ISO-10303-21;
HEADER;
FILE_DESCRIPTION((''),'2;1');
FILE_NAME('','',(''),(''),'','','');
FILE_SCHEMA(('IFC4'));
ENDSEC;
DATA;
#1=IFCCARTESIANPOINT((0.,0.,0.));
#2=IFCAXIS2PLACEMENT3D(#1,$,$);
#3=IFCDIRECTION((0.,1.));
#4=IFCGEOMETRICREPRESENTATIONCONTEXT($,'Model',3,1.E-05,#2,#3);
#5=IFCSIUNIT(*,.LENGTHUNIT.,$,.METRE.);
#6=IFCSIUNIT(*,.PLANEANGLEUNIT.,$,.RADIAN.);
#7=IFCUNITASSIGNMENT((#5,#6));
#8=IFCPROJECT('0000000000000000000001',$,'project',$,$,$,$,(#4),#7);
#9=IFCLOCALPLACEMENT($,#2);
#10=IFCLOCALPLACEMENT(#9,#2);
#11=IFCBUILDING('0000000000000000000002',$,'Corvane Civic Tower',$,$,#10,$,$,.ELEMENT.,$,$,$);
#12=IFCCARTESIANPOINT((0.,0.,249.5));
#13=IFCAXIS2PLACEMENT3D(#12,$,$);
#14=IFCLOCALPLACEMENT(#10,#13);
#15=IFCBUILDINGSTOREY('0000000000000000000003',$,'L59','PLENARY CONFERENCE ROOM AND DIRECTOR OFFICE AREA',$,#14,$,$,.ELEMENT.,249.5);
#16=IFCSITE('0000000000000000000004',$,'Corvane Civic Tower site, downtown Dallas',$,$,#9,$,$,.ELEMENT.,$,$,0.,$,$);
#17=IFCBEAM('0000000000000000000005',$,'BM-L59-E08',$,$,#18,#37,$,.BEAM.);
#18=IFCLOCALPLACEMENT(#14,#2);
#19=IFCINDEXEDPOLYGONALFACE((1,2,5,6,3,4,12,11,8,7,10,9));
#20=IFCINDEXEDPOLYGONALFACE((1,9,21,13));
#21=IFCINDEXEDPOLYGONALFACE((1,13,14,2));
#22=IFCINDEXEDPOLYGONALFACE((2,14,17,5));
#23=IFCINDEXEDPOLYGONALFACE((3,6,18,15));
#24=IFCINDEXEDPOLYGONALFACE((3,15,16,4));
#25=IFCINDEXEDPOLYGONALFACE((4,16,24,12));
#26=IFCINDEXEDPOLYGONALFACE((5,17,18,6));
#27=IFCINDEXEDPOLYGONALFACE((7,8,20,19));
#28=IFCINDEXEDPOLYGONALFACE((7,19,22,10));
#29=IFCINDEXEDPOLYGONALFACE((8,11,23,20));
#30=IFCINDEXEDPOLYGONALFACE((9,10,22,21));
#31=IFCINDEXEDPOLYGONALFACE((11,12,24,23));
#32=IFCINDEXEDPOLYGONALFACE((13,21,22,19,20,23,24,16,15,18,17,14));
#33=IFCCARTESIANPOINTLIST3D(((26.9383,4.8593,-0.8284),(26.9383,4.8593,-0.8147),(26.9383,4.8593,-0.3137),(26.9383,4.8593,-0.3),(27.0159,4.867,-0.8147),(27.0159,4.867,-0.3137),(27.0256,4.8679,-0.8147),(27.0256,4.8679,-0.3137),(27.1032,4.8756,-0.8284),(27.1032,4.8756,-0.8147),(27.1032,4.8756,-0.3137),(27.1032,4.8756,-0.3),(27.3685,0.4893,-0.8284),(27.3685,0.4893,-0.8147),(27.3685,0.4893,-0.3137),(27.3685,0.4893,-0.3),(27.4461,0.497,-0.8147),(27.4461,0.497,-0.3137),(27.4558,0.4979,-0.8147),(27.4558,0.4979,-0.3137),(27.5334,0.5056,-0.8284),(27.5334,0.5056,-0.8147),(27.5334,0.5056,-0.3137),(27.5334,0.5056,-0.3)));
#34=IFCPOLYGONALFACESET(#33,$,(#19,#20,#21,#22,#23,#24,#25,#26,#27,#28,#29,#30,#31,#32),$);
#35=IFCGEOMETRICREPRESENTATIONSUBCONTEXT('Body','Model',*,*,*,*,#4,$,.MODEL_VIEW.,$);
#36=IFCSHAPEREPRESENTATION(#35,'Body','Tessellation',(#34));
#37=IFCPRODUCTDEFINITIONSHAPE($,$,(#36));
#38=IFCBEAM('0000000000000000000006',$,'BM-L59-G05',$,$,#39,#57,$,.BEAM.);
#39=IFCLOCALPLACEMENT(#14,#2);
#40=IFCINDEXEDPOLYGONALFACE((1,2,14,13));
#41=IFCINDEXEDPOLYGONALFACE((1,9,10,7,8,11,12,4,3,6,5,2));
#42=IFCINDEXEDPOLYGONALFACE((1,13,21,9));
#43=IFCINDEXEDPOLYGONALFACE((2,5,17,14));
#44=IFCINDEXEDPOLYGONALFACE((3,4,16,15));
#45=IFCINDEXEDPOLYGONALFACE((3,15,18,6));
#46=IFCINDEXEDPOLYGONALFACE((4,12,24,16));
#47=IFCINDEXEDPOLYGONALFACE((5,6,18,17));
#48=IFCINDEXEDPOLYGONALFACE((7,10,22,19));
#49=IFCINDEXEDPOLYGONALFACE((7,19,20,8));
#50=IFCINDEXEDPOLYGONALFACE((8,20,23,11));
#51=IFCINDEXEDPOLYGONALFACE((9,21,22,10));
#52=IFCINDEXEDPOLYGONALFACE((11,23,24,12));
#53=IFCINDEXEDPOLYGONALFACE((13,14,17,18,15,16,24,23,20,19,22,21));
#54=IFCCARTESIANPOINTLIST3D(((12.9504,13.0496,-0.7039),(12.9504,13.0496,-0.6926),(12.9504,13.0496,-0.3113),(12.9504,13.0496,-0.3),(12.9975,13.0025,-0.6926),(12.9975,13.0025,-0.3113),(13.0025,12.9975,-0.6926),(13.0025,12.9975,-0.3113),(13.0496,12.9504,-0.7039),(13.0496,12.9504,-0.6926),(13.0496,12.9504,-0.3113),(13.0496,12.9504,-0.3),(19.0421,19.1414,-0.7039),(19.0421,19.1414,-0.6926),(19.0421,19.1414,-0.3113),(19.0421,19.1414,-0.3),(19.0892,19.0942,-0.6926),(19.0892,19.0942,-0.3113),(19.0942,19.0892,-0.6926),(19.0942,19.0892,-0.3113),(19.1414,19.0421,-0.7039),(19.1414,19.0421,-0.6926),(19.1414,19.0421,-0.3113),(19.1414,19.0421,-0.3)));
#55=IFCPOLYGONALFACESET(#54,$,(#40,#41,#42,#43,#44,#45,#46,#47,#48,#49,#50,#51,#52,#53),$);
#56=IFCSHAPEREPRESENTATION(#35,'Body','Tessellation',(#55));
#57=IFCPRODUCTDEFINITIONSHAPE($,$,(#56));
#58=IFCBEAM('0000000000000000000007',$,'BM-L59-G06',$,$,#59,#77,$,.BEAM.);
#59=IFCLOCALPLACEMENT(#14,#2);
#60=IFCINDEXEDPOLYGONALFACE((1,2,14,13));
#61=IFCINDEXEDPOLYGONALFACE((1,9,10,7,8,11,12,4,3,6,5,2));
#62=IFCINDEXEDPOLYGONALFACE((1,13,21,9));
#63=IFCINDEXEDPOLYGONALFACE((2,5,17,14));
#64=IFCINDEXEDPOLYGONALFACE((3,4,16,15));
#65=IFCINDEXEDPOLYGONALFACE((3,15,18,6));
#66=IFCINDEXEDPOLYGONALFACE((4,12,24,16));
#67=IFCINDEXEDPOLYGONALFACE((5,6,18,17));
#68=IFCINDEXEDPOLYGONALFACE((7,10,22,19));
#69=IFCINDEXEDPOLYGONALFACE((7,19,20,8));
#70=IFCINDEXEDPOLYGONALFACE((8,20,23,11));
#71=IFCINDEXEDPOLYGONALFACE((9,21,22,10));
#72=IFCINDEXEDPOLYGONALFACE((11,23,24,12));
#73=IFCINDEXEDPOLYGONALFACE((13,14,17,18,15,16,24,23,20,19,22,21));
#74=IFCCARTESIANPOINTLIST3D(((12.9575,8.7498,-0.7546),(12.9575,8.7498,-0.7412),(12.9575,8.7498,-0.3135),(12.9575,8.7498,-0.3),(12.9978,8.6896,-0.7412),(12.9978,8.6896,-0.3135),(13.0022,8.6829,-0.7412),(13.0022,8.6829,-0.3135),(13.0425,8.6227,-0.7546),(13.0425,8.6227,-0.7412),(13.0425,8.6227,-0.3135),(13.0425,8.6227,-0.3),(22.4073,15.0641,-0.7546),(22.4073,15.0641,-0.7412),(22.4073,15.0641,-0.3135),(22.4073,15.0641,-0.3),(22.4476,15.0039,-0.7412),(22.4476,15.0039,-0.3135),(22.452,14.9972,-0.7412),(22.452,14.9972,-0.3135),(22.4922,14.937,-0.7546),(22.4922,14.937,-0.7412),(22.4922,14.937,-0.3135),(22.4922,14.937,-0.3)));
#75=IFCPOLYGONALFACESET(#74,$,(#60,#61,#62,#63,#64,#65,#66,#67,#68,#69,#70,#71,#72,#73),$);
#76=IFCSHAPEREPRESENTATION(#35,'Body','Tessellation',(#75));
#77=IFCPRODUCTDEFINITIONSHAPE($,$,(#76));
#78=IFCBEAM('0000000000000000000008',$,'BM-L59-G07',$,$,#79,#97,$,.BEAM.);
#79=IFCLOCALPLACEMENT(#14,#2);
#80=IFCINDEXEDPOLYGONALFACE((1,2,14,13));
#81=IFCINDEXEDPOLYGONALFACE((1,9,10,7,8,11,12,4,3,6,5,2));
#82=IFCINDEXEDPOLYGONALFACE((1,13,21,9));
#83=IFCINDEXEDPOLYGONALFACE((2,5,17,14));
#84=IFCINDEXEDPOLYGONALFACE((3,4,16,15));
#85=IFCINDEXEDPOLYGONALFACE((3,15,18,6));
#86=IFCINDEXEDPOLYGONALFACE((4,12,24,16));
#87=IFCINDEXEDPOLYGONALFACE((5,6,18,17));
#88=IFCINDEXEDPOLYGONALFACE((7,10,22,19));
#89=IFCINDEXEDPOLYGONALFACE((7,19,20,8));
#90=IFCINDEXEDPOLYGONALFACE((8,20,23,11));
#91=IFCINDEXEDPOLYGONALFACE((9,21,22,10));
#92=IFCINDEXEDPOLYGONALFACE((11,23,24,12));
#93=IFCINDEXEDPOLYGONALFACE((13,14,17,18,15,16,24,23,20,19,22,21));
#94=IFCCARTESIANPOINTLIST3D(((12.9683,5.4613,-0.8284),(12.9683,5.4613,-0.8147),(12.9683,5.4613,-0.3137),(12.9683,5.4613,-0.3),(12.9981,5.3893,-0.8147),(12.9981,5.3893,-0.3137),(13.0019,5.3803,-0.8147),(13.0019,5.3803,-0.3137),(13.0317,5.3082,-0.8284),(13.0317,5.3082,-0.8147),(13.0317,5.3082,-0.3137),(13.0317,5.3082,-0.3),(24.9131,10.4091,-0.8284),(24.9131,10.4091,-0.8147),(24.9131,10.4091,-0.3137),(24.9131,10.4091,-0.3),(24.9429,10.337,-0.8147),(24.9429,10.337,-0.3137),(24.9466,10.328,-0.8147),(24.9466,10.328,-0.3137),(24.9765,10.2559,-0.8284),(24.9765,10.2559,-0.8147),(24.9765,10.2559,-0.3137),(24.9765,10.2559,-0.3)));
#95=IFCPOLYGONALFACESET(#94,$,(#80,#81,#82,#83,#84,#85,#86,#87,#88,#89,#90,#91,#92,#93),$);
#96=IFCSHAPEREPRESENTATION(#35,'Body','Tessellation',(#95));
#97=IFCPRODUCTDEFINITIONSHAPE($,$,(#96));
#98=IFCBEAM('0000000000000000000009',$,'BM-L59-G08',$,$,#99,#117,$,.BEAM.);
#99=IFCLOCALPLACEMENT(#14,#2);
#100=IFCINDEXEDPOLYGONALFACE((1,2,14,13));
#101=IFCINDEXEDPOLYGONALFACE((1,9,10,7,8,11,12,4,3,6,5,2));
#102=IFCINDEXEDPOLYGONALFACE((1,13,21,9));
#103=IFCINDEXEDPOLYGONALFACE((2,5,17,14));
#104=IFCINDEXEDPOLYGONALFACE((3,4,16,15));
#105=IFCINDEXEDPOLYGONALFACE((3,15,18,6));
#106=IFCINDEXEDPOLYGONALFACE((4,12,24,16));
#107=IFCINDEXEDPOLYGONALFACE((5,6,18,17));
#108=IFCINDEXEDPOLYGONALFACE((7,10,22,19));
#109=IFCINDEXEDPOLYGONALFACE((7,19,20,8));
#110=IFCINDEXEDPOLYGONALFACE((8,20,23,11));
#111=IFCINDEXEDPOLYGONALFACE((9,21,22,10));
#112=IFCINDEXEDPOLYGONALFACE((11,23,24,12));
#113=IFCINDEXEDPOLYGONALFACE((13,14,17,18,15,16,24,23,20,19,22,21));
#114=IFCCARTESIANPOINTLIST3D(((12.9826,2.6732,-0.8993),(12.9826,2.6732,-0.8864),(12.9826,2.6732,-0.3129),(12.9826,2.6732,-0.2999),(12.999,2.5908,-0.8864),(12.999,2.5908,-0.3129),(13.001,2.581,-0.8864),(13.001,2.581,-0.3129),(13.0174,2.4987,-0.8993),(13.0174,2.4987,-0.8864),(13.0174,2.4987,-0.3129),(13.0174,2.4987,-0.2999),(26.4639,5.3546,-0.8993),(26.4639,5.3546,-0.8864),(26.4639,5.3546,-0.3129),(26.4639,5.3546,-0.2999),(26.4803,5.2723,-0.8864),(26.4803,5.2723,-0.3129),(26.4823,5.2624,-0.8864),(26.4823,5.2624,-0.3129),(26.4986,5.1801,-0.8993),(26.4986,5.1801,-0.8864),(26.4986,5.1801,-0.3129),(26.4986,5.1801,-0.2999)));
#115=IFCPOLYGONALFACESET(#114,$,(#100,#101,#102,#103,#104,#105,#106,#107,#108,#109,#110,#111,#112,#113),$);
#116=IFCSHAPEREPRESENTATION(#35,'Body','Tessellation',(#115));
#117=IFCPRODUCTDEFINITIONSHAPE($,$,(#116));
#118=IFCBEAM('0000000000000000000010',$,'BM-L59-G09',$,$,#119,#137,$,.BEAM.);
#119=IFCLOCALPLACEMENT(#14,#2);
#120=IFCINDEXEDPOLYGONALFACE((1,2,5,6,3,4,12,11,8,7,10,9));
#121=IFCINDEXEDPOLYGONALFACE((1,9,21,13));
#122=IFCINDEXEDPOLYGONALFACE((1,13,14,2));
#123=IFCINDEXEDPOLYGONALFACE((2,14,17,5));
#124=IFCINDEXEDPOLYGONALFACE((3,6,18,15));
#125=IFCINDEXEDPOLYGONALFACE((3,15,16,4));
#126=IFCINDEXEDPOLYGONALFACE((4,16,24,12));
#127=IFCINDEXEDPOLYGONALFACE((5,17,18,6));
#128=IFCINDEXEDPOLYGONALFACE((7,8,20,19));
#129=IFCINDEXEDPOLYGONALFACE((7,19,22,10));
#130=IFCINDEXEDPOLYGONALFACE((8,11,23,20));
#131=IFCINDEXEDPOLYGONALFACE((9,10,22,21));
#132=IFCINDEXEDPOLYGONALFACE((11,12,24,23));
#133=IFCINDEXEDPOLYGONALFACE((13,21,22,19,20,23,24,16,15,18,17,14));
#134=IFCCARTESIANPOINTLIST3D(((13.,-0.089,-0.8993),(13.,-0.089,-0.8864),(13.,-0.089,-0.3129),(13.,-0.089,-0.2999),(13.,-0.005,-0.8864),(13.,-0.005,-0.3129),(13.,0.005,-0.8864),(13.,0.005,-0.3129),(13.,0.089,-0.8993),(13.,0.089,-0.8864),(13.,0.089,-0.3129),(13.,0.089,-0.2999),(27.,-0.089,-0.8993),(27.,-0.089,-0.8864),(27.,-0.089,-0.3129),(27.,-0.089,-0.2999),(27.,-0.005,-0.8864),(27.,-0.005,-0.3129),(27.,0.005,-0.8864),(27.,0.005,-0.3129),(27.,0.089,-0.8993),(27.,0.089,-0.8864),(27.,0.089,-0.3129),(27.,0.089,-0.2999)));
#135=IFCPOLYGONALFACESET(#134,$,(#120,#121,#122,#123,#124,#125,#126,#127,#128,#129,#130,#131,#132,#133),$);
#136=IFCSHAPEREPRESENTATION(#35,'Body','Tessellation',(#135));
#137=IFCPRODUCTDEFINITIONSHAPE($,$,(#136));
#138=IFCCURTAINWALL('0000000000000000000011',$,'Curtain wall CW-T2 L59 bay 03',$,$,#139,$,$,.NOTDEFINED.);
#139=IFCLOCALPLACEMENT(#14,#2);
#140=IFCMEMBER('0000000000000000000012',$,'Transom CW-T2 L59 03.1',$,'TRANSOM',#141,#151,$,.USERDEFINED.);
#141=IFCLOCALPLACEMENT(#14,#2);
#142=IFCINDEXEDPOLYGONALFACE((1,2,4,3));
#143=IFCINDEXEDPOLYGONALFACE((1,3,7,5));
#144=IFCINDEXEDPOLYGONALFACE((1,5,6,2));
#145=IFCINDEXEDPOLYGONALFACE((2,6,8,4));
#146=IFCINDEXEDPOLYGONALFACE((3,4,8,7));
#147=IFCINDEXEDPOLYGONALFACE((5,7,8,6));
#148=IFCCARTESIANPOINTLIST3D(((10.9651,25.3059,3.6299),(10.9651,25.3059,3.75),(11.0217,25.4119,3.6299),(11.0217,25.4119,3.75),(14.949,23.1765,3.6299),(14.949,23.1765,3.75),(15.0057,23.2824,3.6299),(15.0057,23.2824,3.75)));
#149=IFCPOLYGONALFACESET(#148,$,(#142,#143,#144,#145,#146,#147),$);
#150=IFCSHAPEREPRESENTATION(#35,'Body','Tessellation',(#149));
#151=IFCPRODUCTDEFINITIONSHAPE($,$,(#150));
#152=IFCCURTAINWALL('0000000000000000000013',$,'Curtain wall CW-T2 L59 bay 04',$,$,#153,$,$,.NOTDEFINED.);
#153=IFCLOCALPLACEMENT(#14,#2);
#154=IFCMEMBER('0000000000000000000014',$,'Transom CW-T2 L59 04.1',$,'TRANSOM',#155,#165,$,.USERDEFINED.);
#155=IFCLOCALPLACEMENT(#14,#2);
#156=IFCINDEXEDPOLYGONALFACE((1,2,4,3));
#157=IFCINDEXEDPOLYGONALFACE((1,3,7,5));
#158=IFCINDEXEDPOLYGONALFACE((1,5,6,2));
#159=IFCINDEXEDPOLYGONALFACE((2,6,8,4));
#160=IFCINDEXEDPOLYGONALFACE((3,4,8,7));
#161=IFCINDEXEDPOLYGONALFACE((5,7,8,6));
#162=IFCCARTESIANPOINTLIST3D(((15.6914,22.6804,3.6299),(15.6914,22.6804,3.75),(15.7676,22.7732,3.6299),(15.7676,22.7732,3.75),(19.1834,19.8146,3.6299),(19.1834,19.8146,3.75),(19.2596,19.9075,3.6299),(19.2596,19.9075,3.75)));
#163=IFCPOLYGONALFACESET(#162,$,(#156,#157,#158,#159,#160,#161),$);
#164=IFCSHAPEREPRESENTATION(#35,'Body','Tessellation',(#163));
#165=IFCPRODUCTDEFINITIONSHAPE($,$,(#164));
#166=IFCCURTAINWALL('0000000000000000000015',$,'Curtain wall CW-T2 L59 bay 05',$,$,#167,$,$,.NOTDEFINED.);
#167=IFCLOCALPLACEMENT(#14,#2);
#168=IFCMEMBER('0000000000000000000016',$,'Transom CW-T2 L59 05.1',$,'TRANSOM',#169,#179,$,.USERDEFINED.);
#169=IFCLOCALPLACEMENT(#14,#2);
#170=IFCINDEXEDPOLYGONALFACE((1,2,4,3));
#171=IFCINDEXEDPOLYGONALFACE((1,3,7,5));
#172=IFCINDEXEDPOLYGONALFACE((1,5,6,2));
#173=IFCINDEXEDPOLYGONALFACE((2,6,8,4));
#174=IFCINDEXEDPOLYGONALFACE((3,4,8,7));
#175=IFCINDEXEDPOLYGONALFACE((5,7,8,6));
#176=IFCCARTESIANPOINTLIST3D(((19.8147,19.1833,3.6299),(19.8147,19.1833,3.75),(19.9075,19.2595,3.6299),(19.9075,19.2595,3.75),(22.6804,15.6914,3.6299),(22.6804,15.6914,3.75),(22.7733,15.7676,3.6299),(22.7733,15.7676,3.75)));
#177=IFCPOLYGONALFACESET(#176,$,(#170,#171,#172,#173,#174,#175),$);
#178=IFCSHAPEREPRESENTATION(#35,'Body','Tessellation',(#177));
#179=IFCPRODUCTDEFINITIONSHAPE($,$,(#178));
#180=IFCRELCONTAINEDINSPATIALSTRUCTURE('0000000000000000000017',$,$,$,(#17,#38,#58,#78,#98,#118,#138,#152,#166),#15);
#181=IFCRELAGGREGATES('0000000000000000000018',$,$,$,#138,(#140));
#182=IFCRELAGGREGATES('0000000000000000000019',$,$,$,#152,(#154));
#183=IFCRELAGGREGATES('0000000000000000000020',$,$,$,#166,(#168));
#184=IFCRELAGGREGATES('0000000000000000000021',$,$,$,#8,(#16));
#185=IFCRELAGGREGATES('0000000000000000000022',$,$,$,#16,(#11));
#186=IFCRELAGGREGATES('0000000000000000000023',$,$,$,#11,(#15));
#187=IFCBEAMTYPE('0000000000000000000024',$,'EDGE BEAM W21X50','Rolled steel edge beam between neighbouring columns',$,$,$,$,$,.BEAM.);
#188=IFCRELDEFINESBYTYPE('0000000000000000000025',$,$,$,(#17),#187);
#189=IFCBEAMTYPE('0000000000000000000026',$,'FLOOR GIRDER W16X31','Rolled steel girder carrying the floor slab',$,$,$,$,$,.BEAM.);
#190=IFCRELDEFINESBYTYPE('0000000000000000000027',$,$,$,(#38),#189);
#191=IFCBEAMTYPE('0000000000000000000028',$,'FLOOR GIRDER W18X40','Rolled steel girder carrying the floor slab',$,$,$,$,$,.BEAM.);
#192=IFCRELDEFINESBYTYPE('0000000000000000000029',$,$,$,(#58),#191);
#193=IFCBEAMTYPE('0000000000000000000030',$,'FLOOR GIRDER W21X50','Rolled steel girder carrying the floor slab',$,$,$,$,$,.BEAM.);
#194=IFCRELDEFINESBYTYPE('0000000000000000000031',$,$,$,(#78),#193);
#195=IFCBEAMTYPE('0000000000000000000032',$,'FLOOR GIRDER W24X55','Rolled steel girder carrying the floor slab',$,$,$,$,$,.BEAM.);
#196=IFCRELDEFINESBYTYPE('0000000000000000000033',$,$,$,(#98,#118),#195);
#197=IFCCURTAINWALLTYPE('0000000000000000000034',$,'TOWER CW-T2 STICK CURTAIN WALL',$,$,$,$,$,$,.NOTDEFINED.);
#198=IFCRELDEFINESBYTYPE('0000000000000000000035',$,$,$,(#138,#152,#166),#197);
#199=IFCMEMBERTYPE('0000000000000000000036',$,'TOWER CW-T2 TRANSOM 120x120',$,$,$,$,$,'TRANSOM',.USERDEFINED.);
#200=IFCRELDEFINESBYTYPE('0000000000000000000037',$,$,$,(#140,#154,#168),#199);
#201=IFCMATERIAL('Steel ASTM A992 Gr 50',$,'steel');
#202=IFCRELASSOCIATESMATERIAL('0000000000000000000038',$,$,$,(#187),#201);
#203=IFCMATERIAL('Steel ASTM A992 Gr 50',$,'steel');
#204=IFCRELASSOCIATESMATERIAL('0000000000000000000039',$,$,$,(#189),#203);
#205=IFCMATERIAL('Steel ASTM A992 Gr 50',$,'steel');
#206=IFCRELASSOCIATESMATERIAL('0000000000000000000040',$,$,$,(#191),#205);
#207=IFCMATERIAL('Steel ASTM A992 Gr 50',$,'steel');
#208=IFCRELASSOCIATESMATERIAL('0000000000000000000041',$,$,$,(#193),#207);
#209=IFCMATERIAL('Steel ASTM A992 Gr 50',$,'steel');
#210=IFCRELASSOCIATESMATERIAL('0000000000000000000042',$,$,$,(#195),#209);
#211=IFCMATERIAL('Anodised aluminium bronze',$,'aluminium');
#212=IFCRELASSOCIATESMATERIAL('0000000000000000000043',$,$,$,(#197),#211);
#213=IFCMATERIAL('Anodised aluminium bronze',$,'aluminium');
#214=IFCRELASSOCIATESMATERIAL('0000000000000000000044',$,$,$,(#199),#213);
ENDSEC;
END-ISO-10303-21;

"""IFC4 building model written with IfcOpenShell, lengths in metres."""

from ifc_helpers import new_model, si_unit, direction, frame, origin, origin_2d, place, context, subcontext, project, spatial, rectangle, i_section, extrude, material, material_profile, profile_set, type_object, element, aggregate, save


model = new_model("IFC4")

# Units and contexts
model_context = context("Model", 3, precision=1e-05, world=origin(), true_north=direction((0.0, 1.0)))
body_context = subcontext(model_context, "Body", "Model", "MODEL_VIEW")
ifc_project = project(units=[si_unit("LENGTHUNIT", "METRE"), si_unit("PLANEANGLEUNIT", "RADIAN")], contexts=[model_context])

# Site, building, storey
site_placement = place(None, origin())
site = spatial("IfcSite", under=ifc_project, at=site_placement, Name="Corvane Civic Tower site, downtown Dallas", CompositionType="ELEMENT", RefElevation=0.0)
building_placement = place(site_placement, origin())
building = spatial("IfcBuilding", under=site, at=building_placement, Name="Corvane Civic Tower", CompositionType="ELEMENT")
storey_placement = place(building_placement, frame((0.0, 0.0, 249.5)))
storey = spatial("IfcBuildingStorey", under=building, at=storey_placement, Name="L59", Description="PLENARY CONFERENCE ROOM AND DIRECTOR OFFICE AREA", CompositionType="ELEMENT", Elevation=249.5)

# Beams
ifc_material_1 = material(Name="Steel ASTM A992 Gr 50", Category="steel")
ifc_material_profile_1 = material_profile(ifc_material_1, i_section(OverallWidth=0.1658, OverallDepth=0.5283, WebThickness=0.0098, FlangeThickness=0.0137, at=origin_2d()), Name="W21X50")
ifc_profile_set_1 = profile_set([ifc_material_profile_1], Name="Steel ASTM A992 Gr 50")
beam_type_1 = type_object("IfcBeamType", Name="EDGE BEAM W21X50", Description="Rolled steel edge beam between neighbouring columns", PredefinedType="BEAM", material=ifc_profile_set_1)
beam_1_placement = place(storey_placement, frame((27.0208, 4.8674, -0.5642), z_axis=(0.097968, -0.99519, 0.0), x_axis=(0.99519, 0.097968, 0.0)))
element("IfcBeam", 1, at=beam_1_placement, inside=storey, type_object=beam_type_1, Name="BM-L59-E08", PredefinedType="BEAM", context=body_context, shape_type="SweptSolid", body=[
    extrude(i_section(OverallWidth=0.1658, OverallDepth=0.5283, WebThickness=0.0098, FlangeThickness=0.0137, at=origin_2d()), origin(), (0.0, 0.0, 1.0), 4.3911),
])
ifc_material_2 = material(Name="Steel ASTM A992 Gr 50", Category="steel")
ifc_material_profile_2 = material_profile(ifc_material_2, i_section(OverallWidth=0.1404, OverallDepth=0.4038, WebThickness=0.0071, FlangeThickness=0.0112, at=origin_2d()), Name="W16X31")
ifc_profile_set_2 = profile_set([ifc_material_profile_2], Name="Steel ASTM A992 Gr 50")
beam_type_2 = type_object("IfcBeamType", Name="FLOOR GIRDER W16X31", Description="Rolled steel girder carrying the floor slab", PredefinedType="BEAM", material=ifc_profile_set_2)
beam_2_placement = place(storey_placement, frame((13.0, 13.0, -0.502), z_axis=(0.707107, 0.707107, 0.0), x_axis=(-0.707107, 0.707107, 0.0)))
element("IfcBeam", 2, at=beam_2_placement, inside=storey, type_object=beam_type_2, Name="BM-L59-G05", PredefinedType="BEAM", context=body_context, shape_type="SweptSolid", body=[
    extrude(i_section(OverallWidth=0.1404, OverallDepth=0.4038, WebThickness=0.0071, FlangeThickness=0.0112, at=origin_2d()), origin(), (0.0, 0.0, 1.0), 8.615),
])
ifc_material_3 = material(Name="Steel ASTM A992 Gr 50", Category="steel")
ifc_material_profile_3 = material_profile(ifc_material_3, i_section(OverallWidth=0.1528, OverallDepth=0.4546, WebThickness=0.0081, FlangeThickness=0.0134, at=origin_2d()), Name="W18X40")
ifc_profile_set_3 = profile_set([ifc_material_profile_3], Name="Steel ASTM A992 Gr 50")
beam_type_3 = type_object("IfcBeamType", Name="FLOOR GIRDER W18X40", Description="Rolled steel girder carrying the floor slab", PredefinedType="BEAM", material=ifc_profile_set_3)
beam_3_placement = place(storey_placement, frame((13.0, 8.6863, -0.5273), z_axis=(0.831465, 0.555577, 0.0), x_axis=(-0.555577, 0.831465, 0.0)))
element("IfcBeam", 3, at=beam_3_placement, inside=storey, type_object=beam_type_3, Name="BM-L59-G06", PredefinedType="BEAM", context=body_context, shape_type="SweptSolid", body=[
    extrude(i_section(OverallWidth=0.1528, OverallDepth=0.4546, WebThickness=0.0081, FlangeThickness=0.0134, at=origin_2d()), origin(), (0.0, 0.0, 1.0), 11.3652),
])
ifc_material_4 = material(Name="Steel ASTM A992 Gr 50", Category="steel")
ifc_material_profile_4 = material_profile(ifc_material_4, i_section(OverallWidth=0.1658, OverallDepth=0.5283, WebThickness=0.0098, FlangeThickness=0.0137, at=origin_2d()), Name="W21X50")
ifc_profile_set_4 = profile_set([ifc_material_profile_4], Name="Steel ASTM A992 Gr 50")
beam_type_4 = type_object("IfcBeamType", Name="FLOOR GIRDER W21X50", Description="Rolled steel girder carrying the floor slab", PredefinedType="BEAM", material=ifc_profile_set_4)
beam_4_placement = place(storey_placement, frame((13.0, 5.3848, -0.5642), z_axis=(0.923878, 0.382686, 0.0), x_axis=(-0.382686, 0.923878, 0.0)))
element("IfcBeam", 4, at=beam_4_placement, inside=storey, type_object=beam_type_4, Name="BM-L59-G07", PredefinedType="BEAM", context=body_context, shape_type="SweptSolid", body=[
    extrude(i_section(OverallWidth=0.1658, OverallDepth=0.5283, WebThickness=0.0098, FlangeThickness=0.0137, at=origin_2d()), origin(), (0.0, 0.0, 1.0), 12.929),
])
ifc_material_5 = material(Name="Steel ASTM A992 Gr 50", Category="steel")
ifc_material_profile_5 = material_profile(ifc_material_5, i_section(OverallWidth=0.178, OverallDepth=0.5994, WebThickness=0.01, FlangeThickness=0.0129, at=origin_2d()), Name="W24X55")
ifc_profile_set_5 = profile_set([ifc_material_profile_5], Name="Steel ASTM A992 Gr 50")
beam_type_5 = type_object("IfcBeamType", Name="FLOOR GIRDER W24X55", Description="Rolled steel girder carrying the floor slab", PredefinedType="BEAM", material=ifc_profile_set_5)
beam_5_placement = place(storey_placement, frame((13.0, 2.5859, -0.5996), z_axis=(0.980788, 0.195078, 0.0), x_axis=(-0.195078, 0.980788, 0.0)))
element("IfcBeam", 5, at=beam_5_placement, inside=storey, type_object=beam_type_5, Name="BM-L59-G08", PredefinedType="BEAM", context=body_context, shape_type="SweptSolid", body=[
    extrude(i_section(OverallWidth=0.178, OverallDepth=0.5994, WebThickness=0.01, FlangeThickness=0.0129, at=origin_2d()), origin(), (0.0, 0.0, 1.0), 13.7454),
])
beam_6_placement = place(storey_placement, frame((13.0, 0.0, -0.5996), z_axis=(1.0, 0.0, 0.0), x_axis=(0.0, 1.0, 0.0)))
element("IfcBeam", 6, at=beam_6_placement, inside=storey, type_object=beam_type_5, Name="BM-L59-G09", PredefinedType="BEAM", context=body_context, shape_type="SweptSolid", body=[
    extrude(i_section(OverallWidth=0.178, OverallDepth=0.5994, WebThickness=0.01, FlangeThickness=0.0129, at=origin_2d()), origin(), (0.0, 0.0, 1.0), 14.0),
])

# Curtain walls, members
ifc_material_6 = material(Name="Anodised aluminium bronze", Category="aluminium")
curtain_wall_type = type_object("IfcCurtainWallType", Name="TOWER CW-T2 STICK CURTAIN WALL", PredefinedType="NOTDEFINED", material=ifc_material_6)
curtain_wall_1_placement = place(storey_placement, origin())
curtain_wall_1 = element("IfcCurtainWall", 7, at=curtain_wall_1_placement, inside=storey, type_object=curtain_wall_type, Name="Curtain wall CW-T2 L59 bay 03", PredefinedType="NOTDEFINED")
ifc_material_7 = material(Name="Anodised aluminium bronze", Category="aluminium")
ifc_material_profile_6 = material_profile(ifc_material_7, rectangle(XDim=0.1201, YDim=0.1201, at=origin_2d()), Name="TOWER CW-T2 TRANSOM 120x120")
ifc_profile_set_6 = profile_set([ifc_material_profile_6], Name="Anodised aluminium bronze")
member_type = type_object("IfcMemberType", Name="TOWER CW-T2 TRANSOM 120x120", ElementType="TRANSOM", PredefinedType="USERDEFINED", material=ifc_profile_set_6)
member_1_placement = place(storey_placement, frame((10.9934, 25.3589, 3.6899), z_axis=(0.881925, -0.47139, 0.0), x_axis=(0.47139, 0.881925, 0.0)))
member_1 = element("IfcMember", 8, at=member_1_placement, type_object=member_type, Name="Transom CW-T2 L59 03.1", ObjectType="TRANSOM", PredefinedType="USERDEFINED", context=body_context, shape_type="SweptSolid", body=[
    extrude(rectangle(XDim=0.1201, YDim=0.1201, at=origin_2d()), origin(), (0.0, 0.0, 1.0), 4.5173),
])
curtain_wall_2_placement = place(storey_placement, origin())
curtain_wall_2 = element("IfcCurtainWall", 9, at=curtain_wall_2_placement, inside=storey, type_object=curtain_wall_type, Name="Curtain wall CW-T2 L59 bay 04", PredefinedType="NOTDEFINED")
member_2_placement = place(storey_placement, frame((15.7295, 22.7268, 3.6899), z_axis=(0.773015, -0.634388, 0.0), x_axis=(0.634388, 0.773015, 0.0)))
member_2 = element("IfcMember", 10, at=member_2_placement, type_object=member_type, Name="Transom CW-T2 L59 04.1", ObjectType="TRANSOM", PredefinedType="USERDEFINED", context=body_context, shape_type="SweptSolid", body=[
    extrude(rectangle(XDim=0.1201, YDim=0.1201, at=origin_2d()), origin(), (0.0, 0.0, 1.0), 4.5173),
])
curtain_wall_3_placement = place(storey_placement, origin())
curtain_wall_3 = element("IfcCurtainWall", 11, at=curtain_wall_3_placement, inside=storey, type_object=curtain_wall_type, Name="Curtain wall CW-T2 L59 bay 05", PredefinedType="NOTDEFINED")
member_3_placement = place(storey_placement, frame((19.8611, 19.2214, 3.6899), z_axis=(0.634388, -0.773015, 0.0), x_axis=(0.773015, 0.634388, 0.0)))
member_3 = element("IfcMember", 12, at=member_3_placement, type_object=member_type, Name="Transom CW-T2 L59 05.1", ObjectType="TRANSOM", PredefinedType="USERDEFINED", context=body_context, shape_type="SweptSolid", body=[
    extrude(rectangle(XDim=0.1201, YDim=0.1201, at=origin_2d()), origin(), (0.0, 0.0, 1.0), 4.5173),
])

aggregate(curtain_wall_1, [member_1])
aggregate(curtain_wall_2, [member_2])
aggregate(curtain_wall_3, [member_3])

save(model, "model.ifc")
